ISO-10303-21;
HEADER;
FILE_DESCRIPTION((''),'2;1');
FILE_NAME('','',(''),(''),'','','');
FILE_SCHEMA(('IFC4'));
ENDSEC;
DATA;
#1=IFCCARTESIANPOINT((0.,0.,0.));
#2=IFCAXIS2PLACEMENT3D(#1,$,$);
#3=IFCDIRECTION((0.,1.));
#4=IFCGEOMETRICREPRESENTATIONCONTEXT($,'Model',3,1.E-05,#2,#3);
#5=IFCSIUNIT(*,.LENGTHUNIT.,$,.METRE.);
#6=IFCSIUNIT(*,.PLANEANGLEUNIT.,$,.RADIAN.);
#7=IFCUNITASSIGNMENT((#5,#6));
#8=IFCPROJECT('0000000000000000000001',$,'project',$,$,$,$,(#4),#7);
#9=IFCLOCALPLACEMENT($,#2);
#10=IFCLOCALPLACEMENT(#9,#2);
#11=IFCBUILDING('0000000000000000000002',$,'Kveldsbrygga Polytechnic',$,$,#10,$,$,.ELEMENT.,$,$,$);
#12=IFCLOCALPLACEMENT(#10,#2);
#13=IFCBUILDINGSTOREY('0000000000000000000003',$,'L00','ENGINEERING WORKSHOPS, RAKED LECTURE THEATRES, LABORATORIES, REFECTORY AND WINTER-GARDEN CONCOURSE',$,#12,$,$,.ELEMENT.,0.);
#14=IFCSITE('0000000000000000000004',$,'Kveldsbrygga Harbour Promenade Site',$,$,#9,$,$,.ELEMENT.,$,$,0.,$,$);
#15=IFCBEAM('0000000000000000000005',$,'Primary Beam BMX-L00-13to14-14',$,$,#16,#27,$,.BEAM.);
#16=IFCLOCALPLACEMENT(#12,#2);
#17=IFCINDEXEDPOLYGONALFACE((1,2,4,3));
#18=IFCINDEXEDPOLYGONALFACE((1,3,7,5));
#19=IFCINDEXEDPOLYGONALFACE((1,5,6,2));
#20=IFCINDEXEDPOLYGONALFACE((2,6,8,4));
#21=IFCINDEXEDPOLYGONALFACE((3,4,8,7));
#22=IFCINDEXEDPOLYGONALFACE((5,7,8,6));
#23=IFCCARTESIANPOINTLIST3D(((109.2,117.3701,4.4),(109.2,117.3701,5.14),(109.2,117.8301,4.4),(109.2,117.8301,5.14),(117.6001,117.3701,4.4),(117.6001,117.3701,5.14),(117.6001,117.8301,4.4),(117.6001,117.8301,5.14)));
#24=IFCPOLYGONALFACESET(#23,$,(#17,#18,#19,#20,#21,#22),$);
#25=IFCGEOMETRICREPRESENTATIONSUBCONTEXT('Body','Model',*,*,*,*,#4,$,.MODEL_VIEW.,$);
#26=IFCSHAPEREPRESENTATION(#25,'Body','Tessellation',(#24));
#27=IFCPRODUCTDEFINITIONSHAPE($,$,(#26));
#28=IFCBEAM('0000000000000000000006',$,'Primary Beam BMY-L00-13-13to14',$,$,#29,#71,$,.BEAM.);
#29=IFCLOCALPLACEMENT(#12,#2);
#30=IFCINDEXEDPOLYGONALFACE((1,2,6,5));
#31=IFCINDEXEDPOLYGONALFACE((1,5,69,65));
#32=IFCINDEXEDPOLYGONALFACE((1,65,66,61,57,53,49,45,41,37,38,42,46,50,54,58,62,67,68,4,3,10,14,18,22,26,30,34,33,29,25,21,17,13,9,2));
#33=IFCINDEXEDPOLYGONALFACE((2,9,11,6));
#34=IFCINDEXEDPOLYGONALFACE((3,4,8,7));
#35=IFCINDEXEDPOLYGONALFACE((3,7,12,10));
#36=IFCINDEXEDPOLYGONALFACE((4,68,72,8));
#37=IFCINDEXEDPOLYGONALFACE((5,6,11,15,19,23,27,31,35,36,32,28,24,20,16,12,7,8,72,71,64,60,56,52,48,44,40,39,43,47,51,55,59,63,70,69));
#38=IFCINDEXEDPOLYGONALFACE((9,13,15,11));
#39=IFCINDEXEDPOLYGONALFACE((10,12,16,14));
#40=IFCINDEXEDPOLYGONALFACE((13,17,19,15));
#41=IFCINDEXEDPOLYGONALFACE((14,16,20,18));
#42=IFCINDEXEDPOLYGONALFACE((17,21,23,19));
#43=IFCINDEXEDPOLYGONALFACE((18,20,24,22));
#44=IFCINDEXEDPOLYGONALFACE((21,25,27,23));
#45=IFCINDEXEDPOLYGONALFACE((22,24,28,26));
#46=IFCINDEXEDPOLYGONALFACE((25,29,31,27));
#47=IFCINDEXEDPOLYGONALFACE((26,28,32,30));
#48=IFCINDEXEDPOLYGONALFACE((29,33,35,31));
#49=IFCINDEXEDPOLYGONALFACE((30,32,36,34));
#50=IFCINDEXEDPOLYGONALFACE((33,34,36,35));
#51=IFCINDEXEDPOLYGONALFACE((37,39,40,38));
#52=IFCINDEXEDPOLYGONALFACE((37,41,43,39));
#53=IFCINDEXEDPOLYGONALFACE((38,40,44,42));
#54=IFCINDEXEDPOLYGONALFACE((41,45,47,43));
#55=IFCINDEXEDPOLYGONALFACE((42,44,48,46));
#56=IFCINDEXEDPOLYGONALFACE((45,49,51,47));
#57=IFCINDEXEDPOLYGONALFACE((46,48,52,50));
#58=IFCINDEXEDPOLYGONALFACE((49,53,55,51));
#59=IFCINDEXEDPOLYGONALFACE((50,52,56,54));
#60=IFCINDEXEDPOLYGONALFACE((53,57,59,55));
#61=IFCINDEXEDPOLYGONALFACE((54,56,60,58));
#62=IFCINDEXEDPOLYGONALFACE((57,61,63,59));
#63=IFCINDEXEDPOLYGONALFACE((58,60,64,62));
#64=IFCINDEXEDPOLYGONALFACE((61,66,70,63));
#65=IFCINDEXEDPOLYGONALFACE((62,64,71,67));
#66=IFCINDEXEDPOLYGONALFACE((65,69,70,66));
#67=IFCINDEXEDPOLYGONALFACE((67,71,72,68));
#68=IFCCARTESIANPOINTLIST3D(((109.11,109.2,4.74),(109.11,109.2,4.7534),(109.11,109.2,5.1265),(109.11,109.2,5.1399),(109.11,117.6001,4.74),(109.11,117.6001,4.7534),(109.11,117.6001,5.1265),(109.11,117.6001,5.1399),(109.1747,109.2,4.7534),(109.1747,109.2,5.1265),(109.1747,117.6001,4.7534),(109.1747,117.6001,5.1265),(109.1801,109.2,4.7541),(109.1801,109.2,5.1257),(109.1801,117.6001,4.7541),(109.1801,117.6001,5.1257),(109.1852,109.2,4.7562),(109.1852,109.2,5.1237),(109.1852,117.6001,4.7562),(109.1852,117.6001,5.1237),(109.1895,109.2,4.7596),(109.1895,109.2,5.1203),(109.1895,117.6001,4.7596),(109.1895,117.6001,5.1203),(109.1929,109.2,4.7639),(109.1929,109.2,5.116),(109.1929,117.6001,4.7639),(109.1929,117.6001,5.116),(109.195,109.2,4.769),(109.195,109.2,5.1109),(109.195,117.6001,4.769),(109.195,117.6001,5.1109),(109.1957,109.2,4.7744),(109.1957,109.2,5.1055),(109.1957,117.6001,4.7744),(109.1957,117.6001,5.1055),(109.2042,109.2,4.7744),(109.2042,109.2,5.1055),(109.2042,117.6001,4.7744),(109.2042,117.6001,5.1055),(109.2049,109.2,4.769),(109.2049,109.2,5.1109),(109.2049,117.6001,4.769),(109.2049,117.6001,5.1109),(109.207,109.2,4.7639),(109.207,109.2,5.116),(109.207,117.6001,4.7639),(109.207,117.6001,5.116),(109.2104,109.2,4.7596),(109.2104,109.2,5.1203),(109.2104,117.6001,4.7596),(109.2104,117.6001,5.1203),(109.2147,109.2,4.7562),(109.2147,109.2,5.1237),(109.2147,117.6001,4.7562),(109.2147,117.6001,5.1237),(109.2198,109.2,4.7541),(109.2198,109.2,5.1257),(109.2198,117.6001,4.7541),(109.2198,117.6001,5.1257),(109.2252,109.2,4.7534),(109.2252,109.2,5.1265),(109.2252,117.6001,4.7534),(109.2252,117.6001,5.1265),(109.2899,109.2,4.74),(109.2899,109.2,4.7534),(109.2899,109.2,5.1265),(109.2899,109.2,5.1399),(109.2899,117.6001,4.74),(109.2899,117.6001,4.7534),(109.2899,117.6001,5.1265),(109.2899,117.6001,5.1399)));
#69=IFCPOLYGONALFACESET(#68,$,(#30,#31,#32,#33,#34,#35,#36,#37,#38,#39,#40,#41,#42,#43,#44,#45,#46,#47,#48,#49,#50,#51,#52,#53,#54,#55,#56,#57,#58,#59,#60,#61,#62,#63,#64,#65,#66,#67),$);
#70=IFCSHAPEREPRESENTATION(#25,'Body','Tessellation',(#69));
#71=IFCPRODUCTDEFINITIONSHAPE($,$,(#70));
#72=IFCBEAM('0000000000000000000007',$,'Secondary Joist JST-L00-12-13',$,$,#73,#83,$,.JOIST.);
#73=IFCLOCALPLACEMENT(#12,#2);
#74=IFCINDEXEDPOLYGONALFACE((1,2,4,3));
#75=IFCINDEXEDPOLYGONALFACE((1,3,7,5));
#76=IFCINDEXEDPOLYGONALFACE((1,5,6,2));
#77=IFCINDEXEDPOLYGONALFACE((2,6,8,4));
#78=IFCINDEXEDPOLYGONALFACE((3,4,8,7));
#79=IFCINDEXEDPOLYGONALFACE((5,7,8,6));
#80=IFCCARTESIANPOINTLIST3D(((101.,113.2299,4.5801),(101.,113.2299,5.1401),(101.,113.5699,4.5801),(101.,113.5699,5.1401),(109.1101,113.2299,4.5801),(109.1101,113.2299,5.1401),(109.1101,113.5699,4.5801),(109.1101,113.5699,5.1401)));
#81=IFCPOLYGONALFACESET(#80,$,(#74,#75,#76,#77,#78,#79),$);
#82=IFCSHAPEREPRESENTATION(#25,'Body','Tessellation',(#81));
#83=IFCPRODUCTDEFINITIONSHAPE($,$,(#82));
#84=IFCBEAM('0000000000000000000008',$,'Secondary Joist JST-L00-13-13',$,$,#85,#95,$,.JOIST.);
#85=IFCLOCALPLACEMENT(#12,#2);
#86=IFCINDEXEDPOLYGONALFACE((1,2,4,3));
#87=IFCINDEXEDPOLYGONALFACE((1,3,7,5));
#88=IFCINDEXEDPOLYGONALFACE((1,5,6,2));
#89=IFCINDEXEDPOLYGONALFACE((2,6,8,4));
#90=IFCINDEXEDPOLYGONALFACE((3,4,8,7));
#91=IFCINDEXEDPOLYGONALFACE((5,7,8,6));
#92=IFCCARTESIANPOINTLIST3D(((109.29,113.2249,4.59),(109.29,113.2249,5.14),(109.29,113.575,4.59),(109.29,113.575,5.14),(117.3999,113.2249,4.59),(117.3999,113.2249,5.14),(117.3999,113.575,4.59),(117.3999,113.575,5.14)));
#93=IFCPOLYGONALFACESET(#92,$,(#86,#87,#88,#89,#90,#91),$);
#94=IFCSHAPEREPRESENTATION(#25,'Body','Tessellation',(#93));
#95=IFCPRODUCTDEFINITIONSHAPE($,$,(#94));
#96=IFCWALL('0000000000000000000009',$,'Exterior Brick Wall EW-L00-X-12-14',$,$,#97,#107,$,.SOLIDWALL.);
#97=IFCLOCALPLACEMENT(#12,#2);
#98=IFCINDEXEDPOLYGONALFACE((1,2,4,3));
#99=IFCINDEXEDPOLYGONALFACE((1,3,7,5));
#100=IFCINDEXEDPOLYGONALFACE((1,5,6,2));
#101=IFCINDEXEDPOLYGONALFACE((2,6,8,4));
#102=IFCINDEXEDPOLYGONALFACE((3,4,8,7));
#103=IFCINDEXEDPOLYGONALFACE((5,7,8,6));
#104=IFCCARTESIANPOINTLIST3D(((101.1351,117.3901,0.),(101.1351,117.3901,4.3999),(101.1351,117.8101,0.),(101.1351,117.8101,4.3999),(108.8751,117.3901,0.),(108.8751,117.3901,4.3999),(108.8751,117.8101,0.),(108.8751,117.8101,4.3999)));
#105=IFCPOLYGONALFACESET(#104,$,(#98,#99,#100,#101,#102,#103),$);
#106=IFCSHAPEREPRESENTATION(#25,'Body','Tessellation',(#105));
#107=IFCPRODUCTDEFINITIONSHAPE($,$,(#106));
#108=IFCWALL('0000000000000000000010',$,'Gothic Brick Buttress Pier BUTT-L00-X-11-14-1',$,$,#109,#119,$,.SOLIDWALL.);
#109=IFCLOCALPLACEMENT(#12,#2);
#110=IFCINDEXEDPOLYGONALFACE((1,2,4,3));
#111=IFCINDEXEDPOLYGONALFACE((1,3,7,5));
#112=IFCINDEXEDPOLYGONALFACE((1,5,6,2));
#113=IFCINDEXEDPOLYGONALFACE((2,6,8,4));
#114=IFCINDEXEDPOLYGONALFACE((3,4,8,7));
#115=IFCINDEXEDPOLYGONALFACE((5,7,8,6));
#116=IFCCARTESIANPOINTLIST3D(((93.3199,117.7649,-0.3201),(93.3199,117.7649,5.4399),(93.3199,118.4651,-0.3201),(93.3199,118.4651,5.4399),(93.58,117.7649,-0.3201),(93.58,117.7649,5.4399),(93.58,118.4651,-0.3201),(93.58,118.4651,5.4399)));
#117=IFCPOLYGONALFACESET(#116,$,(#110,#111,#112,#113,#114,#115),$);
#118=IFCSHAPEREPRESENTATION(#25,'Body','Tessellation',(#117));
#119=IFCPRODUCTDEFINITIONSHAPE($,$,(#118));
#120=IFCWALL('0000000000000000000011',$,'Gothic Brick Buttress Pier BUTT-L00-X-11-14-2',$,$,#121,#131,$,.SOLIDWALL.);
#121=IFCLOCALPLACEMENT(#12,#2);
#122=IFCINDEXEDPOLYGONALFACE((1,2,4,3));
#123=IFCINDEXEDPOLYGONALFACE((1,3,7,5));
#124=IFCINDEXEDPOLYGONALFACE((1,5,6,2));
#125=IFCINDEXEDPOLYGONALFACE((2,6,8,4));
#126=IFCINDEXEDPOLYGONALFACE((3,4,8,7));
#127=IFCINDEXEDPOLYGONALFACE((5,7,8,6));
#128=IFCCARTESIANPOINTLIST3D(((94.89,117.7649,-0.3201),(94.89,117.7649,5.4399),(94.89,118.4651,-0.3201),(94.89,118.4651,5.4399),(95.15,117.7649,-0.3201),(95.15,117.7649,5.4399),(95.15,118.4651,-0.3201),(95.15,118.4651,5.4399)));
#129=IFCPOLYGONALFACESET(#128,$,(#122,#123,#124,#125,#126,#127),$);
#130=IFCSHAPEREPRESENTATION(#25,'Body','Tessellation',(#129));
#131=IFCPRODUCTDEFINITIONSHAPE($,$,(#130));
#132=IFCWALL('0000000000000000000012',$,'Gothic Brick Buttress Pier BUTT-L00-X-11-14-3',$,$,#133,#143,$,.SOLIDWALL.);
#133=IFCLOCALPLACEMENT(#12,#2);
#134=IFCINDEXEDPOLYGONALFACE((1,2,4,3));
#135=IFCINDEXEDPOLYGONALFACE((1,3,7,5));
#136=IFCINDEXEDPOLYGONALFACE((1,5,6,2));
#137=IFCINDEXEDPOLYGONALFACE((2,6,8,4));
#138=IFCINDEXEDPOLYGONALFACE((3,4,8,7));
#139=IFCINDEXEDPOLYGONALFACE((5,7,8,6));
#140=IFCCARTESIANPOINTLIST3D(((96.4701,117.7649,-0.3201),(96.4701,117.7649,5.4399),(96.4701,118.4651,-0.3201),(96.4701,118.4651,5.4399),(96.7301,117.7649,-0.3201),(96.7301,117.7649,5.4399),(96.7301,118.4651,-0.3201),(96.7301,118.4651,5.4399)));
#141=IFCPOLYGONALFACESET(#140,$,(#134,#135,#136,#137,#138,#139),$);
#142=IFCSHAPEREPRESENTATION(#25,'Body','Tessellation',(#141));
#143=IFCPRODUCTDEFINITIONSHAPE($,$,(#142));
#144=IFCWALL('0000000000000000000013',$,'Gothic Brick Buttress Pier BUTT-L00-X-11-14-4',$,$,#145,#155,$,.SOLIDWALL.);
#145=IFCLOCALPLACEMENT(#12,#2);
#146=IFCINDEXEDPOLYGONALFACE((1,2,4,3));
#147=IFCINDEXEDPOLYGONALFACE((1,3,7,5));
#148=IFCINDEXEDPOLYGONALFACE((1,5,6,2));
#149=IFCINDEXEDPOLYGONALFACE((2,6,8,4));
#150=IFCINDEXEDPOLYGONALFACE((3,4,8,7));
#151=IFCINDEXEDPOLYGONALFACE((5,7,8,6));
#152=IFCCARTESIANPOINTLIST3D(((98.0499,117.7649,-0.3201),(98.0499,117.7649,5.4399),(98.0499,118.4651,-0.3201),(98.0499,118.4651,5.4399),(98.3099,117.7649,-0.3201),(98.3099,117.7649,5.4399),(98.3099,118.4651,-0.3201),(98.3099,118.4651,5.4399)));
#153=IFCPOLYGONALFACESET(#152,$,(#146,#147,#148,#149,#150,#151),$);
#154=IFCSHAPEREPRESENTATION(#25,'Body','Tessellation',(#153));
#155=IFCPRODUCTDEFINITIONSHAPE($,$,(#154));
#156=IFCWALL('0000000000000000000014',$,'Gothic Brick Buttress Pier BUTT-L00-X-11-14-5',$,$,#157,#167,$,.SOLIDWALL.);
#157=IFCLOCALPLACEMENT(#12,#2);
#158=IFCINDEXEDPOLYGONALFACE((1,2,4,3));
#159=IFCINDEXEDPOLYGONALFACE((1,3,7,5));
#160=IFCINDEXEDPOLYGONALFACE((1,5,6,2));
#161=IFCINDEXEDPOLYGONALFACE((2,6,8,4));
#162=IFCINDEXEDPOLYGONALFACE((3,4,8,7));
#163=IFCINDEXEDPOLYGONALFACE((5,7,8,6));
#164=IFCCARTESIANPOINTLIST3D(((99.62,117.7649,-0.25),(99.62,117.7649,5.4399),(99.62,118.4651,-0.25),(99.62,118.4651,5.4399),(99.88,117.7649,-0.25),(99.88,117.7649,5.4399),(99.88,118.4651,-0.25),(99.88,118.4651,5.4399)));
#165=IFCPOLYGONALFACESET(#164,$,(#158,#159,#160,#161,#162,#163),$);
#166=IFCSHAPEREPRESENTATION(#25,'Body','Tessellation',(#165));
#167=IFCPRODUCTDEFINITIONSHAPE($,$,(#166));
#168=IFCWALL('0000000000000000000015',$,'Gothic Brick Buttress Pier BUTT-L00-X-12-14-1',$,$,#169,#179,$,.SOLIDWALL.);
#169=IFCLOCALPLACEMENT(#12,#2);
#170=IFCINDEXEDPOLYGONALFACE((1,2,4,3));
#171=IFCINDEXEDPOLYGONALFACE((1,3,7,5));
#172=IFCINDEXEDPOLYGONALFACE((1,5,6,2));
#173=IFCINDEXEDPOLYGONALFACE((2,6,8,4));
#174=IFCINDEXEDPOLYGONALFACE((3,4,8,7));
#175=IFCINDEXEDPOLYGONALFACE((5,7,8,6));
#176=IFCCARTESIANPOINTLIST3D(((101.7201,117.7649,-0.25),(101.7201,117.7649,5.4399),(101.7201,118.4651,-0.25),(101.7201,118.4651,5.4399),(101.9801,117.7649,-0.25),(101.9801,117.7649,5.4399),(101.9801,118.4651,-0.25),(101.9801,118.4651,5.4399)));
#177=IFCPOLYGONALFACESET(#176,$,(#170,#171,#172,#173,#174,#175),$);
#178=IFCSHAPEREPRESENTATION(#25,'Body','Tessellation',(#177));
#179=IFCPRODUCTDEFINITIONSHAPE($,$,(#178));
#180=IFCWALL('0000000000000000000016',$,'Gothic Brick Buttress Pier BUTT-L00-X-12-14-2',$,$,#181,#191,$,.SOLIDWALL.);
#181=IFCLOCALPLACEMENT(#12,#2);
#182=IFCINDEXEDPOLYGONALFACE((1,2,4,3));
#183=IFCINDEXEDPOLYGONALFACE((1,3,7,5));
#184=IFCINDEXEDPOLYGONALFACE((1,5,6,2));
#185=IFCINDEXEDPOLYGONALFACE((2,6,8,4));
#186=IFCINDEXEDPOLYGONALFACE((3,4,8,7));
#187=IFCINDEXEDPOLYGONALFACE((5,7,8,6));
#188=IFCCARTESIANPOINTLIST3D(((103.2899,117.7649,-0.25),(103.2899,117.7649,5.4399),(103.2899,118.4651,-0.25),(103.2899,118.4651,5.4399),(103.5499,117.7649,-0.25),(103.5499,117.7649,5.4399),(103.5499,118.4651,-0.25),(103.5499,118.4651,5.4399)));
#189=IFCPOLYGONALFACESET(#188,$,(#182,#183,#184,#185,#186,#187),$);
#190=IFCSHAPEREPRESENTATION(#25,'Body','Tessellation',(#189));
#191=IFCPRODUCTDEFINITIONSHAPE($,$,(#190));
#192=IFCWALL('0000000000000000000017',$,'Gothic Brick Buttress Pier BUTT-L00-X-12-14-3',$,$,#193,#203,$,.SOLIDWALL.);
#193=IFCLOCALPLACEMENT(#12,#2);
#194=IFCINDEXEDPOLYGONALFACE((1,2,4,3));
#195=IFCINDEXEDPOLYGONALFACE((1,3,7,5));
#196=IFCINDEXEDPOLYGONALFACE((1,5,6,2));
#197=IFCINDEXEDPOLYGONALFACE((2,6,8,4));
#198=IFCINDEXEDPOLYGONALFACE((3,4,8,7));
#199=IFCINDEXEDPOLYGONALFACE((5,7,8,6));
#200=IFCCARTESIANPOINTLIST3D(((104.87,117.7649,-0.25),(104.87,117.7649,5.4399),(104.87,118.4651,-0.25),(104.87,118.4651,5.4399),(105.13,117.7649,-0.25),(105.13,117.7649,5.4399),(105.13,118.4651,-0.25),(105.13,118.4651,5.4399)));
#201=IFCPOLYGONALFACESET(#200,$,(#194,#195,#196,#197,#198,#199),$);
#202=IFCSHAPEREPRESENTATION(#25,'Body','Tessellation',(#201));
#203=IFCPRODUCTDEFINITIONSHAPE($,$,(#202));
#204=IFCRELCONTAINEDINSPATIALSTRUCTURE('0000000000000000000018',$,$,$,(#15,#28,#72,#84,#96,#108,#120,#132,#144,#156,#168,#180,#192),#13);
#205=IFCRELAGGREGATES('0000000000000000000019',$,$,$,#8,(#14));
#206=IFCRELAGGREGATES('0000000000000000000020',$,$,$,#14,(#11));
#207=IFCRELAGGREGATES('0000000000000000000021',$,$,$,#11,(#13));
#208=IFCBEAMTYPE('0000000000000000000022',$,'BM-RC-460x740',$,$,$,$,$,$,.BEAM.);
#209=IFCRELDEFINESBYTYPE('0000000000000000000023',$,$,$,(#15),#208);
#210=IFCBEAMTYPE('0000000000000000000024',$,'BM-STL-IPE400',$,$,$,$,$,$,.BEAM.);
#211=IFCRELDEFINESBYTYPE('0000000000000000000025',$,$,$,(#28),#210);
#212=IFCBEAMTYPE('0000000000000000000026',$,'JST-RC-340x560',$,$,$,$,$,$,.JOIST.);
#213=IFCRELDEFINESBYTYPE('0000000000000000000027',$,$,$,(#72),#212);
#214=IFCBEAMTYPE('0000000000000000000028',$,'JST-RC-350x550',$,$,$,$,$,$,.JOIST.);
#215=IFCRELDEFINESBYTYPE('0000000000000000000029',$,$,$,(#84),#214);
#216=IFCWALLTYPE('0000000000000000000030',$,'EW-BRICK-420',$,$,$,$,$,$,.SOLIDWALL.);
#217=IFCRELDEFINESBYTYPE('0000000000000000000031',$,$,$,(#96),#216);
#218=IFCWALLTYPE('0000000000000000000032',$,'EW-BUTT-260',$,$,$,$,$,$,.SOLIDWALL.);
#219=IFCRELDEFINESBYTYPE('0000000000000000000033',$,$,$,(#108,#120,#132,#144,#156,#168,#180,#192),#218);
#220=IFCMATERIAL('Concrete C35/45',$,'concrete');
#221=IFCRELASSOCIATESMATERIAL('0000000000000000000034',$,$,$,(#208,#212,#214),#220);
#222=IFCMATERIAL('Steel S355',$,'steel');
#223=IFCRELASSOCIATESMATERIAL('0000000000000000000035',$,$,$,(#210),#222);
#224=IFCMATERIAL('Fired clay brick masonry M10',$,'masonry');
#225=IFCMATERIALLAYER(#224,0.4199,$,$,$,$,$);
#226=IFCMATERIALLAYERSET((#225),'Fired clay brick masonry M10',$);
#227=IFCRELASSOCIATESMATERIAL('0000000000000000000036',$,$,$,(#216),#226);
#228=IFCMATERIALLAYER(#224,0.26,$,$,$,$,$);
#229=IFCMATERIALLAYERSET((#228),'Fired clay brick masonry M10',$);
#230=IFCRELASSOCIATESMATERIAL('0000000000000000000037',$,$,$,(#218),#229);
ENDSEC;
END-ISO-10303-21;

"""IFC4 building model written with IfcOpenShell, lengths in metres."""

from ifc_helpers import new_model, si_unit, direction, frame, frame_2d, origin, origin_2d, place, context, subcontext, project, spatial, rectangle, i_section, extrude, material, layer, layer_set, material_profile, profile_set, type_object, element, save


model = new_model("IFC4")

# Units and contexts
model_context = context("Model", 3, precision=1e-05, world=origin(), true_north=direction((0.0, 1.0)))
body_context = subcontext(model_context, "Body", "Model", "MODEL_VIEW")
ifc_project = project(units=[si_unit("LENGTHUNIT", "METRE"), si_unit("PLANEANGLEUNIT", "RADIAN")], contexts=[model_context])

# Site, building, storey
site_placement = place(None, origin())
site = spatial("IfcSite", under=ifc_project, at=site_placement, Name="Kveldsbrygga Harbour Promenade Site", CompositionType="ELEMENT", RefElevation=0.0)
building_placement = place(site_placement, origin())
building = spatial("IfcBuilding", under=site, at=building_placement, Name="Kveldsbrygga Polytechnic", CompositionType="ELEMENT")
storey_placement = place(building_placement, origin())
storey = spatial("IfcBuildingStorey", under=building, at=storey_placement, Name="L00", Description="ENGINEERING WORKSHOPS, RAKED LECTURE THEATRES, LABORATORIES, REFECTORY AND WINTER-GARDEN CONCOURSE", CompositionType="ELEMENT", Elevation=0.0)

# Beams
ifc_material_1 = material(Name="Concrete C35/45", Category="concrete")
ifc_material_profile_1 = material_profile(ifc_material_1, rectangle(XDim=0.46, YDim=0.74, at=origin_2d()), Name="RC 460x740")
ifc_profile_set_1 = profile_set([ifc_material_profile_1], Name="Concrete C35/45")
beam_type_1 = type_object("IfcBeamType", Name="BM-RC-460x740", PredefinedType="BEAM", material=ifc_profile_set_1)
beam_1_placement = place(storey_placement, frame((109.2, 117.6001, 4.77), z_axis=(1.0, 0.0, 0.0), x_axis=(0.0, 1.0, 0.0)))
element("IfcBeam", 1, at=beam_1_placement, inside=storey, type_object=beam_type_1, Name="Primary Beam BMX-L00-13to14-14", PredefinedType="BEAM", context=body_context, shape_type="SweptSolid", body=[
    extrude(rectangle(XDim=0.46, YDim=0.74, at=origin_2d()), origin(), (0.0, 0.0, 1.0), 8.4001),
])
ifc_material_2 = material(Name="Steel S355", Category="steel")
ifc_material_profile_2 = material_profile(ifc_material_2, i_section(OverallWidth=0.1799, OverallDepth=0.3999, WebThickness=0.0085, FlangeThickness=0.0134, FilletRadius=0.021, at=origin_2d()), Name="IPE 400")
ifc_profile_set_2 = profile_set([ifc_material_profile_2], Name="Steel S355")
beam_type_2 = type_object("IfcBeamType", Name="BM-STL-IPE400", PredefinedType="BEAM", material=ifc_profile_set_2)
beam_2_placement = place(storey_placement, frame((109.2, 109.2, 4.9399), z_axis=(0.0, 1.0, 0.0), x_axis=(-1.0, 0.0, 0.0)))
element("IfcBeam", 2, at=beam_2_placement, inside=storey, type_object=beam_type_2, Name="Primary Beam BMY-L00-13-13to14", PredefinedType="BEAM", context=body_context, shape_type="SweptSolid", body=[
    extrude(i_section(OverallWidth=0.1799, OverallDepth=0.3999, WebThickness=0.0085, FlangeThickness=0.0134, FilletRadius=0.021, at=origin_2d()), origin(), (0.0, 0.0, 1.0), 8.4001),
])
ifc_material_profile_3 = material_profile(ifc_material_1, rectangle(XDim=0.3401, YDim=0.5601, at=origin_2d()), Name="RC 340x560")
ifc_profile_set_3 = profile_set([ifc_material_profile_3], Name="Concrete C35/45")
beam_type_3 = type_object("IfcBeamType", Name="JST-RC-340x560", PredefinedType="JOIST", material=ifc_profile_set_3)
beam_3_placement = place(storey_placement, frame((101.0, 113.3999, 4.8601), z_axis=(1.0, 0.0, 0.0), x_axis=(0.0, 1.0, 0.0)))
element("IfcBeam", 3, at=beam_3_placement, inside=storey, type_object=beam_type_3, Name="Secondary Joist JST-L00-12-13", PredefinedType="JOIST", context=body_context, shape_type="SweptSolid", body=[
    extrude(rectangle(XDim=0.3401, YDim=0.5601, at=origin_2d()), origin(), (0.0, 0.0, 1.0), 8.1101),
])
ifc_material_profile_4 = material_profile(ifc_material_1, rectangle(XDim=0.3501, YDim=0.55, at=origin_2d()), Name="RC 350x550")
ifc_profile_set_4 = profile_set([ifc_material_profile_4], Name="Concrete C35/45")
beam_type_4 = type_object("IfcBeamType", Name="JST-RC-350x550", PredefinedType="JOIST", material=ifc_profile_set_4)
beam_4_placement = place(storey_placement, frame((109.29, 113.3999, 4.865), z_axis=(1.0, 0.0, 0.0), x_axis=(0.0, 1.0, 0.0)))
element("IfcBeam", 4, at=beam_4_placement, inside=storey, type_object=beam_type_4, Name="Secondary Joist JST-L00-13-13", PredefinedType="JOIST", context=body_context, shape_type="SweptSolid", body=[
    extrude(rectangle(XDim=0.3501, YDim=0.55, at=origin_2d()), origin(), (0.0, 0.0, 1.0), 8.1099),
])

# Wall
ifc_material_3 = material(Name="Fired clay brick masonry M10", Category="masonry")
ifc_layer_1 = layer(ifc_material_3, 0.4199)
ifc_layer_set_1 = layer_set([ifc_layer_1], Name="Fired clay brick masonry M10")
wall_type_1 = type_object("IfcWallType", Name="EW-BRICK-420", PredefinedType="SOLIDWALL", material=ifc_layer_set_1)
wall_1_placement = place(storey_placement, frame((101.135, 117.6001, 0.0), z_axis=(0.0, 0.0, 1.0), x_axis=(1.0, 0.0, 0.0)))
element("IfcWall", 5, at=wall_1_placement, inside=storey, type_object=wall_type_1, Name="Exterior Brick Wall EW-L00-X-12-14", PredefinedType="SOLIDWALL", context=body_context, shape_type="SweptSolid", body=[
    extrude(rectangle(XDim=7.74, YDim=0.4199, at=frame_2d((3.8701, 0.0))), origin(), (0.0, 0.0, 1.0), 4.3999),
])

# Walls
ifc_layer_2 = layer(ifc_material_3, 0.26)
ifc_layer_set_2 = layer_set([ifc_layer_2], Name="Fired clay brick masonry M10")
wall_type_2 = type_object("IfcWallType", Name="EW-BUTT-260", PredefinedType="SOLIDWALL", material=ifc_layer_set_2)
for number, where, z_axis, x_axis, name in (
    (6, (93.45, 117.7649, -0.3201), (0.0, 0.0, 1.0), (0.0, 1.0, 0.0), "Gothic Brick Buttress Pier BUTT-L00-X-11-14-1"),
    (7, (95.02, 117.7649, -0.3201), (0.0, 0.0, 1.0), (0.0, 1.0, 0.0), "Gothic Brick Buttress Pier BUTT-L00-X-11-14-2"),
    (8, (96.6001, 117.7649, -0.3201), (0.0, 0.0, 1.0), (0.0, 1.0, 0.0), "Gothic Brick Buttress Pier BUTT-L00-X-11-14-3"),
    (9, (98.1799, 117.7649, -0.3201), (0.0, 0.0, 1.0), (0.0, 1.0, 0.0), "Gothic Brick Buttress Pier BUTT-L00-X-11-14-4"),
):
    element("IfcWall", number, at=place(storey_placement, frame(where, z_axis=z_axis, x_axis=x_axis)), inside=storey, type_object=wall_type_2, Name=name, PredefinedType="SOLIDWALL", context=body_context, shape_type="SweptSolid", body=[
        extrude(rectangle(XDim=0.7002, YDim=0.26, at=frame_2d((0.3501, 0.0))), origin(), (0.0, 0.0, 1.0), 5.76),
    ])
for number, where, z_axis, x_axis, name in (
    (10, (99.75, 117.7649, -0.25), (0.0, 0.0, 1.0), (0.0, 1.0, 0.0), "Gothic Brick Buttress Pier BUTT-L00-X-11-14-5"),
    (11, (101.8501, 117.7649, -0.25), (0.0, 0.0, 1.0), (0.0, 1.0, 0.0), "Gothic Brick Buttress Pier BUTT-L00-X-12-14-1"),
    (12, (103.4199, 117.7649, -0.25), (0.0, 0.0, 1.0), (0.0, 1.0, 0.0), "Gothic Brick Buttress Pier BUTT-L00-X-12-14-2"),
    (13, (105.0, 117.7649, -0.25), (0.0, 0.0, 1.0), (0.0, 1.0, 0.0), "Gothic Brick Buttress Pier BUTT-L00-X-12-14-3"),
):
    element("IfcWall", number, at=place(storey_placement, frame(where, z_axis=z_axis, x_axis=x_axis)), inside=storey, type_object=wall_type_2, Name=name, PredefinedType="SOLIDWALL", context=body_context, shape_type="SweptSolid", body=[
        extrude(rectangle(XDim=0.7002, YDim=0.26, at=frame_2d((0.3501, 0.0))), origin(), (0.0, 0.0, 1.0), 5.6899),
    ])

save(model, "model.ifc")
